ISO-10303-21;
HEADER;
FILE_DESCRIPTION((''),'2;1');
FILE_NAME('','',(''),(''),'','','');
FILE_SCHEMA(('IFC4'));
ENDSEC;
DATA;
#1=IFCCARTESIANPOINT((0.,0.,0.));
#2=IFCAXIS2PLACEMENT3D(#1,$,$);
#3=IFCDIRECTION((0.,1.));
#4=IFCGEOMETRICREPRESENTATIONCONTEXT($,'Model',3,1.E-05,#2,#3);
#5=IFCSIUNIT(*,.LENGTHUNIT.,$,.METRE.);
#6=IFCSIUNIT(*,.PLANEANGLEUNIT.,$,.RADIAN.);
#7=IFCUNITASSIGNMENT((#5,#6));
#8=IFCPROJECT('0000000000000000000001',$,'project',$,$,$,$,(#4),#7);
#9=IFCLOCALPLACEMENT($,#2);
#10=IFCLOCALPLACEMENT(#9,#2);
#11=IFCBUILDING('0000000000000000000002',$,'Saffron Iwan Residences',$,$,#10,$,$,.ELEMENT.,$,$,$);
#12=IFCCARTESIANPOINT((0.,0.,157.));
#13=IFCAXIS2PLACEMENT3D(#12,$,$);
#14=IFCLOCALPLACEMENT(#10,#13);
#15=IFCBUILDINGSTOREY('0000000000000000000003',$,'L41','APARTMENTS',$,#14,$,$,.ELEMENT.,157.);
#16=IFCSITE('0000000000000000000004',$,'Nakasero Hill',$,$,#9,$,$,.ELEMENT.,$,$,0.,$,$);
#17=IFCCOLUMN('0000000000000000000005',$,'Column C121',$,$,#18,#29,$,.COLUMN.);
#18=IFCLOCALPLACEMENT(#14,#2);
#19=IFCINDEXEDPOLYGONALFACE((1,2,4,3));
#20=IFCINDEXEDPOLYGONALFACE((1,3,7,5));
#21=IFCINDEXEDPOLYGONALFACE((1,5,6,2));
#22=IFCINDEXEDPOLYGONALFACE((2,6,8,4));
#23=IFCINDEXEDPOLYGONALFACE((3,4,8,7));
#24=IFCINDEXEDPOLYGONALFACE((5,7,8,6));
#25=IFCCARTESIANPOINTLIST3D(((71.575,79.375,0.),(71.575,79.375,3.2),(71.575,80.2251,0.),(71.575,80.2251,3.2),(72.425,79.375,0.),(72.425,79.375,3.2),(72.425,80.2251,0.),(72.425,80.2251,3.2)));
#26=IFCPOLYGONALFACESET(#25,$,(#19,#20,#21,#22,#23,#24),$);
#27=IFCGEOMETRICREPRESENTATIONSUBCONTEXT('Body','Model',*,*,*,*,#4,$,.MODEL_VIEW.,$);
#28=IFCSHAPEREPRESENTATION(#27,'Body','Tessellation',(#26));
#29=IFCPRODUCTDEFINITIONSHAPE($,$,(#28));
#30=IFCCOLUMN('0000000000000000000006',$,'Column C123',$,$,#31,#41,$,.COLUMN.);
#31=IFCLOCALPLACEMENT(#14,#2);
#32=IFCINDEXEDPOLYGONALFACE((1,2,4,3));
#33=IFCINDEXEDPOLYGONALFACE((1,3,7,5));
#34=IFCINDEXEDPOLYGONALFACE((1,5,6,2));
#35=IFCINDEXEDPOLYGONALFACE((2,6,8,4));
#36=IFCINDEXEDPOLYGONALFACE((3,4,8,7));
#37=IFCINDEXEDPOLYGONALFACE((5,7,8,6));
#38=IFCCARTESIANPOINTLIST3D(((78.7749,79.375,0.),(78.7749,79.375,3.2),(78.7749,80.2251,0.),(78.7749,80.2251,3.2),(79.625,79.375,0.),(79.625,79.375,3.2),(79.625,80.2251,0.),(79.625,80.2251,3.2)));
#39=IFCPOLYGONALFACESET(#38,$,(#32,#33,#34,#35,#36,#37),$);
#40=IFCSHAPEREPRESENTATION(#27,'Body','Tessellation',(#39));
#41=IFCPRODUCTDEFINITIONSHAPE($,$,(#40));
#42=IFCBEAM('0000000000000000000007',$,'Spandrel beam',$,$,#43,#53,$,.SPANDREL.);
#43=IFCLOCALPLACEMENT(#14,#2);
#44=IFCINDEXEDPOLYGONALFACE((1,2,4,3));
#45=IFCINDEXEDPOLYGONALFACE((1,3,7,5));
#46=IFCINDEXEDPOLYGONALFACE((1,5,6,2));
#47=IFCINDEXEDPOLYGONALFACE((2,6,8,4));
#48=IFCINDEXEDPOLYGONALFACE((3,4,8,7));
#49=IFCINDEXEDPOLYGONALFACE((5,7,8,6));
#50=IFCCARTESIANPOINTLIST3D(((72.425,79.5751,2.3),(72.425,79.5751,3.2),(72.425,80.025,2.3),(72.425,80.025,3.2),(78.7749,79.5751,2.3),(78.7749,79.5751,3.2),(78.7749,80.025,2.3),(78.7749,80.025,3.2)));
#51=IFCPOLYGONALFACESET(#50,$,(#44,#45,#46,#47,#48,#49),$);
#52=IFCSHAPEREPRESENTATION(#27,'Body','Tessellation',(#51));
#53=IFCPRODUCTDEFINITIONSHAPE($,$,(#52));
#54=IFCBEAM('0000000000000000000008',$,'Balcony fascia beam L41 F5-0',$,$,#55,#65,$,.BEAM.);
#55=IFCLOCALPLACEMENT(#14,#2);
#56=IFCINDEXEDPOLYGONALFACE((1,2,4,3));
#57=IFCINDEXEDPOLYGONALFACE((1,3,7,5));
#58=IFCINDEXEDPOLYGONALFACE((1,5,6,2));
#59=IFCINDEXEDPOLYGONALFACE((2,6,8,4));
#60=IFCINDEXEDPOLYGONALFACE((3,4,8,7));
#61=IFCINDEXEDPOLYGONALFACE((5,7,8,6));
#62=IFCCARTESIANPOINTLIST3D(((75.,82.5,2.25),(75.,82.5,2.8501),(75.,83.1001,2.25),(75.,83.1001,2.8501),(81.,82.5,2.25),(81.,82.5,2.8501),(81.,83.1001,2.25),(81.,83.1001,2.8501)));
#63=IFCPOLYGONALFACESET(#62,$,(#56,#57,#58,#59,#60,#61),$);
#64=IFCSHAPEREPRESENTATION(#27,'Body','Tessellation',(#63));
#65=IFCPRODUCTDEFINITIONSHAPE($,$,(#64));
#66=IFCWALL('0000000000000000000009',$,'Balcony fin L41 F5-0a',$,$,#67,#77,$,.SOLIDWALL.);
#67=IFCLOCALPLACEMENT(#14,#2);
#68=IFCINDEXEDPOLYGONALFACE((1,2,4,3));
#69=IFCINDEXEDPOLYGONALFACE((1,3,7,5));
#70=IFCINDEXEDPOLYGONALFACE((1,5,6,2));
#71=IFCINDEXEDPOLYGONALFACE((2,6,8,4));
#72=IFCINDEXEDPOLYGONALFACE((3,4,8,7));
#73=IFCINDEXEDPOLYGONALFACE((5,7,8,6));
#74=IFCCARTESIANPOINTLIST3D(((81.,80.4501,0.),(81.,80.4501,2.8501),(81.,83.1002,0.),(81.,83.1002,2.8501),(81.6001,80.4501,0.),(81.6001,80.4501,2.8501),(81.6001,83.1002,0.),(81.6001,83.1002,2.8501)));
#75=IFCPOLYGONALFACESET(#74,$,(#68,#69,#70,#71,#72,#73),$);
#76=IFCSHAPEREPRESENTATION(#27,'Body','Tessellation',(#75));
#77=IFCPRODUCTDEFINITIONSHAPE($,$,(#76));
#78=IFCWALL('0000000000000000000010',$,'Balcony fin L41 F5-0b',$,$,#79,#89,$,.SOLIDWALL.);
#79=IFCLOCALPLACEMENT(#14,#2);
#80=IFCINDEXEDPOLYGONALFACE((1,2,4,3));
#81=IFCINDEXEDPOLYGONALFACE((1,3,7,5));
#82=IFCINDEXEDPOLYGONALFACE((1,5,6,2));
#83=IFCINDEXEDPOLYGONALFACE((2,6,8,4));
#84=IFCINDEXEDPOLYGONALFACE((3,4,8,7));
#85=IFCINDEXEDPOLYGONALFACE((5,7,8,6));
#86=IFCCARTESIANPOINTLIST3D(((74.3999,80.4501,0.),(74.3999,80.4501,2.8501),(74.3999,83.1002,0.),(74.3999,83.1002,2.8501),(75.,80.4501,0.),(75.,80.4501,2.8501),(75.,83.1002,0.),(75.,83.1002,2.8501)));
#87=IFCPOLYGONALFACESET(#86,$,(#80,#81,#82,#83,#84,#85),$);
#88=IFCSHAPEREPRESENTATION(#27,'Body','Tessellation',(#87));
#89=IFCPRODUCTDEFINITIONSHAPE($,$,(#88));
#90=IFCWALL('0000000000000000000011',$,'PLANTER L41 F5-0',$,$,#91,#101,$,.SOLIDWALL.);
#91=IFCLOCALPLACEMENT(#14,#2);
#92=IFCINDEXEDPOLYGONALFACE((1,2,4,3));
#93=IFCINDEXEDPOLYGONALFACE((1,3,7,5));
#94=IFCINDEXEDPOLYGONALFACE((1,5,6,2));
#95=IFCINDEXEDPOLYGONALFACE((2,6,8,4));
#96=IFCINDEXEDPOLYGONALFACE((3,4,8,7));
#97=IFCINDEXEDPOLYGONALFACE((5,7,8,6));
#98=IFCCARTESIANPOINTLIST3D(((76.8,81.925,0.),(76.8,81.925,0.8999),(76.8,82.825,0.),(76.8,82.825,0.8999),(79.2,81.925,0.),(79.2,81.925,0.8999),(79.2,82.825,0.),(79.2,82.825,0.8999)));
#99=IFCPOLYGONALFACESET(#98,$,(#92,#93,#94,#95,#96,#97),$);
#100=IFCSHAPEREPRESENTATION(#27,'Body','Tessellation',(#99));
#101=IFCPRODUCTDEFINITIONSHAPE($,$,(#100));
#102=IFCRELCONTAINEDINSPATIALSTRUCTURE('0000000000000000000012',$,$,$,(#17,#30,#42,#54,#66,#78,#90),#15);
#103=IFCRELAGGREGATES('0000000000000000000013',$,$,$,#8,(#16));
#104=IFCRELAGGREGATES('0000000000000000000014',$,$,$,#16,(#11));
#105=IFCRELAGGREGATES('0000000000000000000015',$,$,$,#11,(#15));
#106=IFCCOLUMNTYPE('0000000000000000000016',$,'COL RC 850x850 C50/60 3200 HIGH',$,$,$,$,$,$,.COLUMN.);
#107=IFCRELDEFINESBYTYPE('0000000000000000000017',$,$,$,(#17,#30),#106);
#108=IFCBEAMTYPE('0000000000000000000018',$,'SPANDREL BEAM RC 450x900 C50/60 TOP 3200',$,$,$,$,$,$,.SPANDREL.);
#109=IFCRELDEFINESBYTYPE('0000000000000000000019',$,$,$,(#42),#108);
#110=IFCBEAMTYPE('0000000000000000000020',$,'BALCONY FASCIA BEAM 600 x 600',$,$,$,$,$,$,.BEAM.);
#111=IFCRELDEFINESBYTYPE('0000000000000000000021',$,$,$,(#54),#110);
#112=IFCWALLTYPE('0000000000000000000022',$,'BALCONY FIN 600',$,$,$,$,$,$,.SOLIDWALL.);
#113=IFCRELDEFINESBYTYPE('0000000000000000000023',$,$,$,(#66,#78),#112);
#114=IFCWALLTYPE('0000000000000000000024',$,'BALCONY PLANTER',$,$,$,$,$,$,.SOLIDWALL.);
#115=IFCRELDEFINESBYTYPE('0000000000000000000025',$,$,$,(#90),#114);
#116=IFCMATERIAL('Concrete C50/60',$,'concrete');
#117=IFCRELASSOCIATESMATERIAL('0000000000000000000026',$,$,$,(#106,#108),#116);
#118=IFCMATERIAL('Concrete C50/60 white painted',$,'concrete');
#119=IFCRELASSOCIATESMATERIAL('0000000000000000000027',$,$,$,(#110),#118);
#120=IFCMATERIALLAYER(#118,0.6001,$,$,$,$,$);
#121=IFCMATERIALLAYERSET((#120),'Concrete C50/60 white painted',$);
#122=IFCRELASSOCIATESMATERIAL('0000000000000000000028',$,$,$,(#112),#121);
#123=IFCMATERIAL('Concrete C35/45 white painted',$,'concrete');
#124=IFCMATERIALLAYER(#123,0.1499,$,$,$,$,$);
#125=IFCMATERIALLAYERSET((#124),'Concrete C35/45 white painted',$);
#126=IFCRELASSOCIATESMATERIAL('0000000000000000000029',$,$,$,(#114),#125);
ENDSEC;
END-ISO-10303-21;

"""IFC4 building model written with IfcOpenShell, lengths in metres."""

from ifc_helpers import new_model, si_unit, direction, frame, frame_2d, origin, origin_2d, place, context, subcontext, project, spatial, rectangle, extrude, source, transform, mapped, material, layer, layer_set, material_profile, profile_set, type_object, element, save


model = new_model("IFC4")

# Units and contexts
model_context = context("Model", 3, precision=1e-05, world=origin(), true_north=direction((0.0, 1.0)))
body_context = subcontext(model_context, "Body", "Model", "MODEL_VIEW")
ifc_project = project(units=[si_unit("LENGTHUNIT", "METRE"), si_unit("PLANEANGLEUNIT", "RADIAN")], contexts=[model_context])

# Site, building, storey
site_placement = place(None, origin())
site = spatial("IfcSite", under=ifc_project, at=site_placement, Name="Nakasero Hill", CompositionType="ELEMENT", RefElevation=0.0)
building_placement = place(site_placement, origin())
building = spatial("IfcBuilding", under=site, at=building_placement, Name="Saffron Iwan Residences", CompositionType="ELEMENT")
storey_placement = place(building_placement, frame((0.0, 0.0, 157.0)))
storey = spatial("IfcBuildingStorey", under=building, at=storey_placement, Name="L41", Description="APARTMENTS", CompositionType="ELEMENT", Elevation=157.0)

# Columns
ifc_material_1 = material(Name="Concrete C50/60", Category="concrete")
ifc_material_profile_1 = material_profile(ifc_material_1, rectangle(XDim=0.8501, YDim=0.8501, at=origin_2d()), Name="RC 850x850")
ifc_profile_set_1 = profile_set([ifc_material_profile_1], Name="Concrete C50/60")
column_type = type_object("IfcColumnType", Name="COL RC 850x850 C50/60 3200 HIGH", PredefinedType="COLUMN", material=ifc_profile_set_1)
shared_shape_1 = source(origin(), body_context, "Body", "SweptSolid", [
    extrude(rectangle(XDim=0.8501, YDim=0.8501, at=origin_2d()), origin(), (0.0, 0.0, 1.0), 3.2),
])
for number, where, z_axis, x_axis, name in (
    (1, (72.0, 79.8, 0.0), (0.0, 0.0, 1.0), (1.0, 0.0, 0.0), "Column C121"),
    (2, (79.2, 79.8, 0.0), (0.0, 0.0, 1.0), (1.0, 0.0, 0.0), "Column C123"),
):
    element("IfcColumn", number, at=place(storey_placement, frame(where, z_axis=z_axis, x_axis=x_axis)), inside=storey, type_object=column_type, Name=name, PredefinedType="COLUMN", context=body_context, shape_type="MappedRepresentation", body=[
        mapped(shared_shape_1, transform((0.0, 0.0, 0.0))),
    ])

# Beams
ifc_material_profile_2 = material_profile(ifc_material_1, rectangle(XDim=0.45, YDim=0.8999, at=origin_2d()), Name="RC 450x900")
ifc_profile_set_2 = profile_set([ifc_material_profile_2], Name="Concrete C50/60")
beam_type_1 = type_object("IfcBeamType", Name="SPANDREL BEAM RC 450x900 C50/60 TOP 3200", PredefinedType="SPANDREL", material=ifc_profile_set_2)
shared_shape_2 = source(origin(), body_context, "Body", "SweptSolid", [
    extrude(rectangle(XDim=0.45, YDim=0.8999, at=origin_2d()), origin(), (0.0, 0.0, 1.0), 6.3499),
])
beam_1_placement = place(storey_placement, frame((72.425, 79.8, 2.75), z_axis=(1.0, 0.0, 0.0), x_axis=(0.0, 1.0, 0.0)))
element("IfcBeam", 3, at=beam_1_placement, inside=storey, type_object=beam_type_1, Name="Spandrel beam", PredefinedType="SPANDREL", context=body_context, shape_type="MappedRepresentation", body=[
    mapped(shared_shape_2, transform((0.0, 0.0, 0.0))),
])
ifc_material_2 = material(Name="Concrete C50/60 white painted", Category="concrete")
ifc_material_profile_3 = material_profile(ifc_material_2, rectangle(XDim=0.6001, YDim=0.6001, at=origin_2d()), Name="BALCONY FASCIA BEAM 600 x 600")
ifc_profile_set_3 = profile_set([ifc_material_profile_3], Name="Concrete C50/60 white painted")
beam_type_2 = type_object("IfcBeamType", Name="BALCONY FASCIA BEAM 600 x 600", PredefinedType="BEAM", material=ifc_profile_set_3)
shared_shape_3 = source(origin(), body_context, "Body", "SweptSolid", [
    extrude(rectangle(XDim=0.6001, YDim=0.6001, at=origin_2d()), origin(), (0.0, 0.0, 1.0), 6.0),
])
beam_2_placement = place(storey_placement, frame((81.0, 82.8, 2.55), z_axis=(-1.0, 0.0, 0.0), x_axis=(0.0, -1.0, 0.0)))
element("IfcBeam", 4, at=beam_2_placement, inside=storey, type_object=beam_type_2, Name="Balcony fascia beam L41 F5-0", PredefinedType="BEAM", context=body_context, shape_type="MappedRepresentation", body=[
    mapped(shared_shape_3, transform((0.0, 0.0, 0.0))),
])

# Walls
ifc_layer_1 = layer(ifc_material_2, 0.6001)
ifc_layer_set_1 = layer_set([ifc_layer_1], Name="Concrete C50/60 white painted")
wall_type_1 = type_object("IfcWallType", Name="BALCONY FIN 600", PredefinedType="SOLIDWALL", material=ifc_layer_set_1)
for number, where, z_axis, x_axis, name in (
    (5, (81.3, 80.45, 0.0), (0.0, 0.0, 1.0), (0.0, 1.0, 0.0), "Balcony fin L41 F5-0a"),
    (6, (74.7, 80.45, 0.0), (0.0, 0.0, 1.0), (0.0, 1.0, 0.0), "Balcony fin L41 F5-0b"),
):
    element("IfcWall", number, at=place(storey_placement, frame(where, z_axis=z_axis, x_axis=x_axis)), inside=storey, type_object=wall_type_1, Name=name, PredefinedType="SOLIDWALL", context=body_context, shape_type="SweptSolid", body=[
        extrude(rectangle(XDim=2.6501, YDim=0.6001, at=frame_2d((1.3252, 0.0))), origin(), (0.0, 0.0, 1.0), 2.8501),
    ])
ifc_material_3 = material(Name="Concrete C35/45 white painted", Category="concrete")
ifc_layer_2 = layer(ifc_material_3, 0.1499)
ifc_layer_set_2 = layer_set([ifc_layer_2], Name="Concrete C35/45 white painted")
wall_type_2 = type_object("IfcWallType", Name="BALCONY PLANTER", PredefinedType="SOLIDWALL", material=ifc_layer_set_2)
wall_1_placement = place(storey_placement, frame((79.2, 82.375, 0.0), z_axis=(0.0, 0.0, 1.0), x_axis=(-1.0, 0.0, 0.0)))
element("IfcWall", 7, at=wall_1_placement, inside=storey, type_object=wall_type_2, Name="PLANTER L41 F5-0", PredefinedType="SOLIDWALL", context=body_context, shape_type="SweptSolid", body=[
    extrude(rectangle(XDim=2.3999, YDim=0.8999, at=frame_2d((1.2, 0.0))), origin(), (0.0, 0.0, 1.0), 0.8999),
])

save(model, "model.ifc")
